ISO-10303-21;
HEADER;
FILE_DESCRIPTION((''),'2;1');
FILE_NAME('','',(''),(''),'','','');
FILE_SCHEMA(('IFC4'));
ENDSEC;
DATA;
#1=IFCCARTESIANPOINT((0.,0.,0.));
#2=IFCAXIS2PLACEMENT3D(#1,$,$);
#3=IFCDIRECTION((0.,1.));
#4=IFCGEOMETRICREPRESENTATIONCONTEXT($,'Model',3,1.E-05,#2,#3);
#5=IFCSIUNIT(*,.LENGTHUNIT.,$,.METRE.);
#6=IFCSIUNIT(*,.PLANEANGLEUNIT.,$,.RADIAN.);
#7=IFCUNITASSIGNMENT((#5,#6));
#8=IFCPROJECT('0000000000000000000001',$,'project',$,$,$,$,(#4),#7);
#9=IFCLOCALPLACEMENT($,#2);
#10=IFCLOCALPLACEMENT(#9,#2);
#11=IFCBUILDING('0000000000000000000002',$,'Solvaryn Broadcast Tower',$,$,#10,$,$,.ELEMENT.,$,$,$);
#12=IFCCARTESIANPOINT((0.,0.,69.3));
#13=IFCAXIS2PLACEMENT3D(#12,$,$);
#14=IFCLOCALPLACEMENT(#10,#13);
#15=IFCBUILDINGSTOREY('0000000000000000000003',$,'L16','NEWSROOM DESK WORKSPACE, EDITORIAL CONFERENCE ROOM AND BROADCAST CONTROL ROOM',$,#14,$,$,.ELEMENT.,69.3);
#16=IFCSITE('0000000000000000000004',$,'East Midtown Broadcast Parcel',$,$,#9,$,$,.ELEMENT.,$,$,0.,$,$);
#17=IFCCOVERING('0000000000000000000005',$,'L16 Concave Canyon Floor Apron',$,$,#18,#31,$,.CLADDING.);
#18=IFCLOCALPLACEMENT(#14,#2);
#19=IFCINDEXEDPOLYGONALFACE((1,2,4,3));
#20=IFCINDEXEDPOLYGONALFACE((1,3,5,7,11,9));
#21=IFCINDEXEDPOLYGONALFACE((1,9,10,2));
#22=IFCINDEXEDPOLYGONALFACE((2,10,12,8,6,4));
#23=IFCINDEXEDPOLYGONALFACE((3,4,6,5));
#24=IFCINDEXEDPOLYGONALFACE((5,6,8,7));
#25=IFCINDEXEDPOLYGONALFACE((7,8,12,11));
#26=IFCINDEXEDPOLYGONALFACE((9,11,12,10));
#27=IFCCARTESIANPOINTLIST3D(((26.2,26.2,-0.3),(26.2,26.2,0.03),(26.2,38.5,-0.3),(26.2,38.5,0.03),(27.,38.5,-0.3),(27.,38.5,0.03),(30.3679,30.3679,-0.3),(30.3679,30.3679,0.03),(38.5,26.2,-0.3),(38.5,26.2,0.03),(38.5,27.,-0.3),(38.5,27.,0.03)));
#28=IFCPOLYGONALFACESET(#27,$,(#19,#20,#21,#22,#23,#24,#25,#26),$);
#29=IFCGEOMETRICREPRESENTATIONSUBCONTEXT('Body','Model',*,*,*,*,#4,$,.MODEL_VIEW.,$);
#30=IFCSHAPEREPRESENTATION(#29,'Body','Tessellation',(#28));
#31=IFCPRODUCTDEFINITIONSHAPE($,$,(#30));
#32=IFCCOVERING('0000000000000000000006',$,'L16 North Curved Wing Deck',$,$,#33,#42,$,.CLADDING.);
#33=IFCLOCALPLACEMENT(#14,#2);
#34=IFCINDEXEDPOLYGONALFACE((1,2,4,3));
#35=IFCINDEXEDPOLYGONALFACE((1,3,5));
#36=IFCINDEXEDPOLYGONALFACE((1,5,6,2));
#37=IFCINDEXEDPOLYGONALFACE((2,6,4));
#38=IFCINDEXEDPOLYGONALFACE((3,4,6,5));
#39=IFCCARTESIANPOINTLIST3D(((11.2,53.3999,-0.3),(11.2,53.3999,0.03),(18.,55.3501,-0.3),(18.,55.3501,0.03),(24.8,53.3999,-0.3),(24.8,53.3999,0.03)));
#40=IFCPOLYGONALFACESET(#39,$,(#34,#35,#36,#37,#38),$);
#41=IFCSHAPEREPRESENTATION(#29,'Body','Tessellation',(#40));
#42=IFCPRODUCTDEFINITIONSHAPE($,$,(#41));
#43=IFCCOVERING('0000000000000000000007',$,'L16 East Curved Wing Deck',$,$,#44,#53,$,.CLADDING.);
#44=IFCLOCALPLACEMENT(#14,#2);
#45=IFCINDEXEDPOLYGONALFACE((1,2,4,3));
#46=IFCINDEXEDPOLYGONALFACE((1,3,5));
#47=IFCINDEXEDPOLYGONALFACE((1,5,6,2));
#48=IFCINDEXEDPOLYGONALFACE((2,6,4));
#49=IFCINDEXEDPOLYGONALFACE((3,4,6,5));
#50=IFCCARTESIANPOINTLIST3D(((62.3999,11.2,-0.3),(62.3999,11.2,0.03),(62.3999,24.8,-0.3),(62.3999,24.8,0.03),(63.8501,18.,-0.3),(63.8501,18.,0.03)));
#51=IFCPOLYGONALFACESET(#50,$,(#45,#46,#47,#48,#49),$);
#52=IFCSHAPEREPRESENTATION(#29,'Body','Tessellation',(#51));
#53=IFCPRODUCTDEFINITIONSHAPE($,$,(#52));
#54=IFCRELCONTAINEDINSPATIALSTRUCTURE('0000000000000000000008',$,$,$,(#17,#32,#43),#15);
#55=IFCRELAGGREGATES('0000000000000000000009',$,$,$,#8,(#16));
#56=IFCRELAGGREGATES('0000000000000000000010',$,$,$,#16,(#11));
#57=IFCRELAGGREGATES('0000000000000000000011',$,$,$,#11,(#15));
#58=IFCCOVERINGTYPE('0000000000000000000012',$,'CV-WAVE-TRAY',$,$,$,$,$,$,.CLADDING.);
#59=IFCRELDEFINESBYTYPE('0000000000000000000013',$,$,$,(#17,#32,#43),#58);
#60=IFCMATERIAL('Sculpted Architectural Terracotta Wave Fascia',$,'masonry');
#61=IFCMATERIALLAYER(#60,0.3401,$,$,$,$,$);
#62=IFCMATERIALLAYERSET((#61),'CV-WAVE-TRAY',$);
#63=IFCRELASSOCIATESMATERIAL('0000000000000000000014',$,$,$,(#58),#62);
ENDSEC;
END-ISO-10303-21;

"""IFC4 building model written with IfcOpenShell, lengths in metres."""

from ifc_helpers import new_model, si_unit, direction, frame, origin, place, context, subcontext, project, spatial, polyline, outline, extrude, material, layer, layer_set, type_object, element, save


model = new_model("IFC4")

# Units and contexts
model_context = context("Model", 3, precision=1e-05, world=origin(), true_north=direction((0.0, 1.0)))
body_context = subcontext(model_context, "Body", "Model", "MODEL_VIEW")
ifc_project = project(units=[si_unit("LENGTHUNIT", "METRE"), si_unit("PLANEANGLEUNIT", "RADIAN")], contexts=[model_context])

# Site, building, storey
site_placement = place(None, origin())
site = spatial("IfcSite", under=ifc_project, at=site_placement, Name="East Midtown Broadcast Parcel", CompositionType="ELEMENT", RefElevation=0.0)
building_placement = place(site_placement, origin())
building = spatial("IfcBuilding", under=site, at=building_placement, Name="Solvaryn Broadcast Tower", CompositionType="ELEMENT")
storey_placement = place(building_placement, frame((0.0, 0.0, 69.3)))
storey = spatial("IfcBuildingStorey", under=building, at=storey_placement, Name="L16", Description="NEWSROOM DESK WORKSPACE, EDITORIAL CONFERENCE ROOM AND BROADCAST CONTROL ROOM", CompositionType="ELEMENT", Elevation=69.3)

# Coverings
ifc_material_1 = material(Name="Sculpted Architectural Terracotta Wave Fascia", Category="masonry")
ifc_layer_1 = layer(ifc_material_1, 0.3401)
ifc_layer_set_1 = layer_set([ifc_layer_1], Name="CV-WAVE-TRAY")
covering_type_1 = type_object("IfcCoveringType", Name="CV-WAVE-TRAY", PredefinedType="CLADDING", material=ifc_layer_set_1)
covering_1_placement = place(storey_placement, frame((0.0, 0.0, -0.3)))
element("IfcCovering", 1, at=covering_1_placement, inside=storey, type_object=covering_type_1, Name="L16 Concave Canyon Floor Apron", PredefinedType="CLADDING", context=body_context, shape_type="SweptSolid", body=[
    extrude(outline(polyline([(26.2, 26.2), (38.5, 26.2), (38.5, 27.0), (30.3679, 30.3679), (27.0, 38.5), (26.2, 38.5), (26.2, 26.2)])), origin(), (0.0, 0.0, 1.0), 0.3301),
])
covering_2_placement = place(storey_placement, frame((0.0, 0.0, -0.3)))
element("IfcCovering", 2, at=covering_2_placement, inside=storey, type_object=covering_type_1, Name="L16 North Curved Wing Deck", PredefinedType="CLADDING", context=body_context, shape_type="SweptSolid", body=[
    extrude(outline(polyline([(11.2, 53.3999), (24.8, 53.3999), (18.0, 55.3501), (11.2, 53.3999)])), origin(), (0.0, 0.0, 1.0), 0.3301),
])
covering_3_placement = place(storey_placement, frame((0.0, 0.0, -0.3)))
element("IfcCovering", 3, at=covering_3_placement, inside=storey, type_object=covering_type_1, Name="L16 East Curved Wing Deck", PredefinedType="CLADDING", context=body_context, shape_type="SweptSolid", body=[
    extrude(outline(polyline([(62.3999, 11.2), (63.8501, 18.0), (62.3999, 24.8), (62.3999, 11.2)])), origin(), (0.0, 0.0, 1.0), 0.3301),
])

save(model, "model.ifc")
